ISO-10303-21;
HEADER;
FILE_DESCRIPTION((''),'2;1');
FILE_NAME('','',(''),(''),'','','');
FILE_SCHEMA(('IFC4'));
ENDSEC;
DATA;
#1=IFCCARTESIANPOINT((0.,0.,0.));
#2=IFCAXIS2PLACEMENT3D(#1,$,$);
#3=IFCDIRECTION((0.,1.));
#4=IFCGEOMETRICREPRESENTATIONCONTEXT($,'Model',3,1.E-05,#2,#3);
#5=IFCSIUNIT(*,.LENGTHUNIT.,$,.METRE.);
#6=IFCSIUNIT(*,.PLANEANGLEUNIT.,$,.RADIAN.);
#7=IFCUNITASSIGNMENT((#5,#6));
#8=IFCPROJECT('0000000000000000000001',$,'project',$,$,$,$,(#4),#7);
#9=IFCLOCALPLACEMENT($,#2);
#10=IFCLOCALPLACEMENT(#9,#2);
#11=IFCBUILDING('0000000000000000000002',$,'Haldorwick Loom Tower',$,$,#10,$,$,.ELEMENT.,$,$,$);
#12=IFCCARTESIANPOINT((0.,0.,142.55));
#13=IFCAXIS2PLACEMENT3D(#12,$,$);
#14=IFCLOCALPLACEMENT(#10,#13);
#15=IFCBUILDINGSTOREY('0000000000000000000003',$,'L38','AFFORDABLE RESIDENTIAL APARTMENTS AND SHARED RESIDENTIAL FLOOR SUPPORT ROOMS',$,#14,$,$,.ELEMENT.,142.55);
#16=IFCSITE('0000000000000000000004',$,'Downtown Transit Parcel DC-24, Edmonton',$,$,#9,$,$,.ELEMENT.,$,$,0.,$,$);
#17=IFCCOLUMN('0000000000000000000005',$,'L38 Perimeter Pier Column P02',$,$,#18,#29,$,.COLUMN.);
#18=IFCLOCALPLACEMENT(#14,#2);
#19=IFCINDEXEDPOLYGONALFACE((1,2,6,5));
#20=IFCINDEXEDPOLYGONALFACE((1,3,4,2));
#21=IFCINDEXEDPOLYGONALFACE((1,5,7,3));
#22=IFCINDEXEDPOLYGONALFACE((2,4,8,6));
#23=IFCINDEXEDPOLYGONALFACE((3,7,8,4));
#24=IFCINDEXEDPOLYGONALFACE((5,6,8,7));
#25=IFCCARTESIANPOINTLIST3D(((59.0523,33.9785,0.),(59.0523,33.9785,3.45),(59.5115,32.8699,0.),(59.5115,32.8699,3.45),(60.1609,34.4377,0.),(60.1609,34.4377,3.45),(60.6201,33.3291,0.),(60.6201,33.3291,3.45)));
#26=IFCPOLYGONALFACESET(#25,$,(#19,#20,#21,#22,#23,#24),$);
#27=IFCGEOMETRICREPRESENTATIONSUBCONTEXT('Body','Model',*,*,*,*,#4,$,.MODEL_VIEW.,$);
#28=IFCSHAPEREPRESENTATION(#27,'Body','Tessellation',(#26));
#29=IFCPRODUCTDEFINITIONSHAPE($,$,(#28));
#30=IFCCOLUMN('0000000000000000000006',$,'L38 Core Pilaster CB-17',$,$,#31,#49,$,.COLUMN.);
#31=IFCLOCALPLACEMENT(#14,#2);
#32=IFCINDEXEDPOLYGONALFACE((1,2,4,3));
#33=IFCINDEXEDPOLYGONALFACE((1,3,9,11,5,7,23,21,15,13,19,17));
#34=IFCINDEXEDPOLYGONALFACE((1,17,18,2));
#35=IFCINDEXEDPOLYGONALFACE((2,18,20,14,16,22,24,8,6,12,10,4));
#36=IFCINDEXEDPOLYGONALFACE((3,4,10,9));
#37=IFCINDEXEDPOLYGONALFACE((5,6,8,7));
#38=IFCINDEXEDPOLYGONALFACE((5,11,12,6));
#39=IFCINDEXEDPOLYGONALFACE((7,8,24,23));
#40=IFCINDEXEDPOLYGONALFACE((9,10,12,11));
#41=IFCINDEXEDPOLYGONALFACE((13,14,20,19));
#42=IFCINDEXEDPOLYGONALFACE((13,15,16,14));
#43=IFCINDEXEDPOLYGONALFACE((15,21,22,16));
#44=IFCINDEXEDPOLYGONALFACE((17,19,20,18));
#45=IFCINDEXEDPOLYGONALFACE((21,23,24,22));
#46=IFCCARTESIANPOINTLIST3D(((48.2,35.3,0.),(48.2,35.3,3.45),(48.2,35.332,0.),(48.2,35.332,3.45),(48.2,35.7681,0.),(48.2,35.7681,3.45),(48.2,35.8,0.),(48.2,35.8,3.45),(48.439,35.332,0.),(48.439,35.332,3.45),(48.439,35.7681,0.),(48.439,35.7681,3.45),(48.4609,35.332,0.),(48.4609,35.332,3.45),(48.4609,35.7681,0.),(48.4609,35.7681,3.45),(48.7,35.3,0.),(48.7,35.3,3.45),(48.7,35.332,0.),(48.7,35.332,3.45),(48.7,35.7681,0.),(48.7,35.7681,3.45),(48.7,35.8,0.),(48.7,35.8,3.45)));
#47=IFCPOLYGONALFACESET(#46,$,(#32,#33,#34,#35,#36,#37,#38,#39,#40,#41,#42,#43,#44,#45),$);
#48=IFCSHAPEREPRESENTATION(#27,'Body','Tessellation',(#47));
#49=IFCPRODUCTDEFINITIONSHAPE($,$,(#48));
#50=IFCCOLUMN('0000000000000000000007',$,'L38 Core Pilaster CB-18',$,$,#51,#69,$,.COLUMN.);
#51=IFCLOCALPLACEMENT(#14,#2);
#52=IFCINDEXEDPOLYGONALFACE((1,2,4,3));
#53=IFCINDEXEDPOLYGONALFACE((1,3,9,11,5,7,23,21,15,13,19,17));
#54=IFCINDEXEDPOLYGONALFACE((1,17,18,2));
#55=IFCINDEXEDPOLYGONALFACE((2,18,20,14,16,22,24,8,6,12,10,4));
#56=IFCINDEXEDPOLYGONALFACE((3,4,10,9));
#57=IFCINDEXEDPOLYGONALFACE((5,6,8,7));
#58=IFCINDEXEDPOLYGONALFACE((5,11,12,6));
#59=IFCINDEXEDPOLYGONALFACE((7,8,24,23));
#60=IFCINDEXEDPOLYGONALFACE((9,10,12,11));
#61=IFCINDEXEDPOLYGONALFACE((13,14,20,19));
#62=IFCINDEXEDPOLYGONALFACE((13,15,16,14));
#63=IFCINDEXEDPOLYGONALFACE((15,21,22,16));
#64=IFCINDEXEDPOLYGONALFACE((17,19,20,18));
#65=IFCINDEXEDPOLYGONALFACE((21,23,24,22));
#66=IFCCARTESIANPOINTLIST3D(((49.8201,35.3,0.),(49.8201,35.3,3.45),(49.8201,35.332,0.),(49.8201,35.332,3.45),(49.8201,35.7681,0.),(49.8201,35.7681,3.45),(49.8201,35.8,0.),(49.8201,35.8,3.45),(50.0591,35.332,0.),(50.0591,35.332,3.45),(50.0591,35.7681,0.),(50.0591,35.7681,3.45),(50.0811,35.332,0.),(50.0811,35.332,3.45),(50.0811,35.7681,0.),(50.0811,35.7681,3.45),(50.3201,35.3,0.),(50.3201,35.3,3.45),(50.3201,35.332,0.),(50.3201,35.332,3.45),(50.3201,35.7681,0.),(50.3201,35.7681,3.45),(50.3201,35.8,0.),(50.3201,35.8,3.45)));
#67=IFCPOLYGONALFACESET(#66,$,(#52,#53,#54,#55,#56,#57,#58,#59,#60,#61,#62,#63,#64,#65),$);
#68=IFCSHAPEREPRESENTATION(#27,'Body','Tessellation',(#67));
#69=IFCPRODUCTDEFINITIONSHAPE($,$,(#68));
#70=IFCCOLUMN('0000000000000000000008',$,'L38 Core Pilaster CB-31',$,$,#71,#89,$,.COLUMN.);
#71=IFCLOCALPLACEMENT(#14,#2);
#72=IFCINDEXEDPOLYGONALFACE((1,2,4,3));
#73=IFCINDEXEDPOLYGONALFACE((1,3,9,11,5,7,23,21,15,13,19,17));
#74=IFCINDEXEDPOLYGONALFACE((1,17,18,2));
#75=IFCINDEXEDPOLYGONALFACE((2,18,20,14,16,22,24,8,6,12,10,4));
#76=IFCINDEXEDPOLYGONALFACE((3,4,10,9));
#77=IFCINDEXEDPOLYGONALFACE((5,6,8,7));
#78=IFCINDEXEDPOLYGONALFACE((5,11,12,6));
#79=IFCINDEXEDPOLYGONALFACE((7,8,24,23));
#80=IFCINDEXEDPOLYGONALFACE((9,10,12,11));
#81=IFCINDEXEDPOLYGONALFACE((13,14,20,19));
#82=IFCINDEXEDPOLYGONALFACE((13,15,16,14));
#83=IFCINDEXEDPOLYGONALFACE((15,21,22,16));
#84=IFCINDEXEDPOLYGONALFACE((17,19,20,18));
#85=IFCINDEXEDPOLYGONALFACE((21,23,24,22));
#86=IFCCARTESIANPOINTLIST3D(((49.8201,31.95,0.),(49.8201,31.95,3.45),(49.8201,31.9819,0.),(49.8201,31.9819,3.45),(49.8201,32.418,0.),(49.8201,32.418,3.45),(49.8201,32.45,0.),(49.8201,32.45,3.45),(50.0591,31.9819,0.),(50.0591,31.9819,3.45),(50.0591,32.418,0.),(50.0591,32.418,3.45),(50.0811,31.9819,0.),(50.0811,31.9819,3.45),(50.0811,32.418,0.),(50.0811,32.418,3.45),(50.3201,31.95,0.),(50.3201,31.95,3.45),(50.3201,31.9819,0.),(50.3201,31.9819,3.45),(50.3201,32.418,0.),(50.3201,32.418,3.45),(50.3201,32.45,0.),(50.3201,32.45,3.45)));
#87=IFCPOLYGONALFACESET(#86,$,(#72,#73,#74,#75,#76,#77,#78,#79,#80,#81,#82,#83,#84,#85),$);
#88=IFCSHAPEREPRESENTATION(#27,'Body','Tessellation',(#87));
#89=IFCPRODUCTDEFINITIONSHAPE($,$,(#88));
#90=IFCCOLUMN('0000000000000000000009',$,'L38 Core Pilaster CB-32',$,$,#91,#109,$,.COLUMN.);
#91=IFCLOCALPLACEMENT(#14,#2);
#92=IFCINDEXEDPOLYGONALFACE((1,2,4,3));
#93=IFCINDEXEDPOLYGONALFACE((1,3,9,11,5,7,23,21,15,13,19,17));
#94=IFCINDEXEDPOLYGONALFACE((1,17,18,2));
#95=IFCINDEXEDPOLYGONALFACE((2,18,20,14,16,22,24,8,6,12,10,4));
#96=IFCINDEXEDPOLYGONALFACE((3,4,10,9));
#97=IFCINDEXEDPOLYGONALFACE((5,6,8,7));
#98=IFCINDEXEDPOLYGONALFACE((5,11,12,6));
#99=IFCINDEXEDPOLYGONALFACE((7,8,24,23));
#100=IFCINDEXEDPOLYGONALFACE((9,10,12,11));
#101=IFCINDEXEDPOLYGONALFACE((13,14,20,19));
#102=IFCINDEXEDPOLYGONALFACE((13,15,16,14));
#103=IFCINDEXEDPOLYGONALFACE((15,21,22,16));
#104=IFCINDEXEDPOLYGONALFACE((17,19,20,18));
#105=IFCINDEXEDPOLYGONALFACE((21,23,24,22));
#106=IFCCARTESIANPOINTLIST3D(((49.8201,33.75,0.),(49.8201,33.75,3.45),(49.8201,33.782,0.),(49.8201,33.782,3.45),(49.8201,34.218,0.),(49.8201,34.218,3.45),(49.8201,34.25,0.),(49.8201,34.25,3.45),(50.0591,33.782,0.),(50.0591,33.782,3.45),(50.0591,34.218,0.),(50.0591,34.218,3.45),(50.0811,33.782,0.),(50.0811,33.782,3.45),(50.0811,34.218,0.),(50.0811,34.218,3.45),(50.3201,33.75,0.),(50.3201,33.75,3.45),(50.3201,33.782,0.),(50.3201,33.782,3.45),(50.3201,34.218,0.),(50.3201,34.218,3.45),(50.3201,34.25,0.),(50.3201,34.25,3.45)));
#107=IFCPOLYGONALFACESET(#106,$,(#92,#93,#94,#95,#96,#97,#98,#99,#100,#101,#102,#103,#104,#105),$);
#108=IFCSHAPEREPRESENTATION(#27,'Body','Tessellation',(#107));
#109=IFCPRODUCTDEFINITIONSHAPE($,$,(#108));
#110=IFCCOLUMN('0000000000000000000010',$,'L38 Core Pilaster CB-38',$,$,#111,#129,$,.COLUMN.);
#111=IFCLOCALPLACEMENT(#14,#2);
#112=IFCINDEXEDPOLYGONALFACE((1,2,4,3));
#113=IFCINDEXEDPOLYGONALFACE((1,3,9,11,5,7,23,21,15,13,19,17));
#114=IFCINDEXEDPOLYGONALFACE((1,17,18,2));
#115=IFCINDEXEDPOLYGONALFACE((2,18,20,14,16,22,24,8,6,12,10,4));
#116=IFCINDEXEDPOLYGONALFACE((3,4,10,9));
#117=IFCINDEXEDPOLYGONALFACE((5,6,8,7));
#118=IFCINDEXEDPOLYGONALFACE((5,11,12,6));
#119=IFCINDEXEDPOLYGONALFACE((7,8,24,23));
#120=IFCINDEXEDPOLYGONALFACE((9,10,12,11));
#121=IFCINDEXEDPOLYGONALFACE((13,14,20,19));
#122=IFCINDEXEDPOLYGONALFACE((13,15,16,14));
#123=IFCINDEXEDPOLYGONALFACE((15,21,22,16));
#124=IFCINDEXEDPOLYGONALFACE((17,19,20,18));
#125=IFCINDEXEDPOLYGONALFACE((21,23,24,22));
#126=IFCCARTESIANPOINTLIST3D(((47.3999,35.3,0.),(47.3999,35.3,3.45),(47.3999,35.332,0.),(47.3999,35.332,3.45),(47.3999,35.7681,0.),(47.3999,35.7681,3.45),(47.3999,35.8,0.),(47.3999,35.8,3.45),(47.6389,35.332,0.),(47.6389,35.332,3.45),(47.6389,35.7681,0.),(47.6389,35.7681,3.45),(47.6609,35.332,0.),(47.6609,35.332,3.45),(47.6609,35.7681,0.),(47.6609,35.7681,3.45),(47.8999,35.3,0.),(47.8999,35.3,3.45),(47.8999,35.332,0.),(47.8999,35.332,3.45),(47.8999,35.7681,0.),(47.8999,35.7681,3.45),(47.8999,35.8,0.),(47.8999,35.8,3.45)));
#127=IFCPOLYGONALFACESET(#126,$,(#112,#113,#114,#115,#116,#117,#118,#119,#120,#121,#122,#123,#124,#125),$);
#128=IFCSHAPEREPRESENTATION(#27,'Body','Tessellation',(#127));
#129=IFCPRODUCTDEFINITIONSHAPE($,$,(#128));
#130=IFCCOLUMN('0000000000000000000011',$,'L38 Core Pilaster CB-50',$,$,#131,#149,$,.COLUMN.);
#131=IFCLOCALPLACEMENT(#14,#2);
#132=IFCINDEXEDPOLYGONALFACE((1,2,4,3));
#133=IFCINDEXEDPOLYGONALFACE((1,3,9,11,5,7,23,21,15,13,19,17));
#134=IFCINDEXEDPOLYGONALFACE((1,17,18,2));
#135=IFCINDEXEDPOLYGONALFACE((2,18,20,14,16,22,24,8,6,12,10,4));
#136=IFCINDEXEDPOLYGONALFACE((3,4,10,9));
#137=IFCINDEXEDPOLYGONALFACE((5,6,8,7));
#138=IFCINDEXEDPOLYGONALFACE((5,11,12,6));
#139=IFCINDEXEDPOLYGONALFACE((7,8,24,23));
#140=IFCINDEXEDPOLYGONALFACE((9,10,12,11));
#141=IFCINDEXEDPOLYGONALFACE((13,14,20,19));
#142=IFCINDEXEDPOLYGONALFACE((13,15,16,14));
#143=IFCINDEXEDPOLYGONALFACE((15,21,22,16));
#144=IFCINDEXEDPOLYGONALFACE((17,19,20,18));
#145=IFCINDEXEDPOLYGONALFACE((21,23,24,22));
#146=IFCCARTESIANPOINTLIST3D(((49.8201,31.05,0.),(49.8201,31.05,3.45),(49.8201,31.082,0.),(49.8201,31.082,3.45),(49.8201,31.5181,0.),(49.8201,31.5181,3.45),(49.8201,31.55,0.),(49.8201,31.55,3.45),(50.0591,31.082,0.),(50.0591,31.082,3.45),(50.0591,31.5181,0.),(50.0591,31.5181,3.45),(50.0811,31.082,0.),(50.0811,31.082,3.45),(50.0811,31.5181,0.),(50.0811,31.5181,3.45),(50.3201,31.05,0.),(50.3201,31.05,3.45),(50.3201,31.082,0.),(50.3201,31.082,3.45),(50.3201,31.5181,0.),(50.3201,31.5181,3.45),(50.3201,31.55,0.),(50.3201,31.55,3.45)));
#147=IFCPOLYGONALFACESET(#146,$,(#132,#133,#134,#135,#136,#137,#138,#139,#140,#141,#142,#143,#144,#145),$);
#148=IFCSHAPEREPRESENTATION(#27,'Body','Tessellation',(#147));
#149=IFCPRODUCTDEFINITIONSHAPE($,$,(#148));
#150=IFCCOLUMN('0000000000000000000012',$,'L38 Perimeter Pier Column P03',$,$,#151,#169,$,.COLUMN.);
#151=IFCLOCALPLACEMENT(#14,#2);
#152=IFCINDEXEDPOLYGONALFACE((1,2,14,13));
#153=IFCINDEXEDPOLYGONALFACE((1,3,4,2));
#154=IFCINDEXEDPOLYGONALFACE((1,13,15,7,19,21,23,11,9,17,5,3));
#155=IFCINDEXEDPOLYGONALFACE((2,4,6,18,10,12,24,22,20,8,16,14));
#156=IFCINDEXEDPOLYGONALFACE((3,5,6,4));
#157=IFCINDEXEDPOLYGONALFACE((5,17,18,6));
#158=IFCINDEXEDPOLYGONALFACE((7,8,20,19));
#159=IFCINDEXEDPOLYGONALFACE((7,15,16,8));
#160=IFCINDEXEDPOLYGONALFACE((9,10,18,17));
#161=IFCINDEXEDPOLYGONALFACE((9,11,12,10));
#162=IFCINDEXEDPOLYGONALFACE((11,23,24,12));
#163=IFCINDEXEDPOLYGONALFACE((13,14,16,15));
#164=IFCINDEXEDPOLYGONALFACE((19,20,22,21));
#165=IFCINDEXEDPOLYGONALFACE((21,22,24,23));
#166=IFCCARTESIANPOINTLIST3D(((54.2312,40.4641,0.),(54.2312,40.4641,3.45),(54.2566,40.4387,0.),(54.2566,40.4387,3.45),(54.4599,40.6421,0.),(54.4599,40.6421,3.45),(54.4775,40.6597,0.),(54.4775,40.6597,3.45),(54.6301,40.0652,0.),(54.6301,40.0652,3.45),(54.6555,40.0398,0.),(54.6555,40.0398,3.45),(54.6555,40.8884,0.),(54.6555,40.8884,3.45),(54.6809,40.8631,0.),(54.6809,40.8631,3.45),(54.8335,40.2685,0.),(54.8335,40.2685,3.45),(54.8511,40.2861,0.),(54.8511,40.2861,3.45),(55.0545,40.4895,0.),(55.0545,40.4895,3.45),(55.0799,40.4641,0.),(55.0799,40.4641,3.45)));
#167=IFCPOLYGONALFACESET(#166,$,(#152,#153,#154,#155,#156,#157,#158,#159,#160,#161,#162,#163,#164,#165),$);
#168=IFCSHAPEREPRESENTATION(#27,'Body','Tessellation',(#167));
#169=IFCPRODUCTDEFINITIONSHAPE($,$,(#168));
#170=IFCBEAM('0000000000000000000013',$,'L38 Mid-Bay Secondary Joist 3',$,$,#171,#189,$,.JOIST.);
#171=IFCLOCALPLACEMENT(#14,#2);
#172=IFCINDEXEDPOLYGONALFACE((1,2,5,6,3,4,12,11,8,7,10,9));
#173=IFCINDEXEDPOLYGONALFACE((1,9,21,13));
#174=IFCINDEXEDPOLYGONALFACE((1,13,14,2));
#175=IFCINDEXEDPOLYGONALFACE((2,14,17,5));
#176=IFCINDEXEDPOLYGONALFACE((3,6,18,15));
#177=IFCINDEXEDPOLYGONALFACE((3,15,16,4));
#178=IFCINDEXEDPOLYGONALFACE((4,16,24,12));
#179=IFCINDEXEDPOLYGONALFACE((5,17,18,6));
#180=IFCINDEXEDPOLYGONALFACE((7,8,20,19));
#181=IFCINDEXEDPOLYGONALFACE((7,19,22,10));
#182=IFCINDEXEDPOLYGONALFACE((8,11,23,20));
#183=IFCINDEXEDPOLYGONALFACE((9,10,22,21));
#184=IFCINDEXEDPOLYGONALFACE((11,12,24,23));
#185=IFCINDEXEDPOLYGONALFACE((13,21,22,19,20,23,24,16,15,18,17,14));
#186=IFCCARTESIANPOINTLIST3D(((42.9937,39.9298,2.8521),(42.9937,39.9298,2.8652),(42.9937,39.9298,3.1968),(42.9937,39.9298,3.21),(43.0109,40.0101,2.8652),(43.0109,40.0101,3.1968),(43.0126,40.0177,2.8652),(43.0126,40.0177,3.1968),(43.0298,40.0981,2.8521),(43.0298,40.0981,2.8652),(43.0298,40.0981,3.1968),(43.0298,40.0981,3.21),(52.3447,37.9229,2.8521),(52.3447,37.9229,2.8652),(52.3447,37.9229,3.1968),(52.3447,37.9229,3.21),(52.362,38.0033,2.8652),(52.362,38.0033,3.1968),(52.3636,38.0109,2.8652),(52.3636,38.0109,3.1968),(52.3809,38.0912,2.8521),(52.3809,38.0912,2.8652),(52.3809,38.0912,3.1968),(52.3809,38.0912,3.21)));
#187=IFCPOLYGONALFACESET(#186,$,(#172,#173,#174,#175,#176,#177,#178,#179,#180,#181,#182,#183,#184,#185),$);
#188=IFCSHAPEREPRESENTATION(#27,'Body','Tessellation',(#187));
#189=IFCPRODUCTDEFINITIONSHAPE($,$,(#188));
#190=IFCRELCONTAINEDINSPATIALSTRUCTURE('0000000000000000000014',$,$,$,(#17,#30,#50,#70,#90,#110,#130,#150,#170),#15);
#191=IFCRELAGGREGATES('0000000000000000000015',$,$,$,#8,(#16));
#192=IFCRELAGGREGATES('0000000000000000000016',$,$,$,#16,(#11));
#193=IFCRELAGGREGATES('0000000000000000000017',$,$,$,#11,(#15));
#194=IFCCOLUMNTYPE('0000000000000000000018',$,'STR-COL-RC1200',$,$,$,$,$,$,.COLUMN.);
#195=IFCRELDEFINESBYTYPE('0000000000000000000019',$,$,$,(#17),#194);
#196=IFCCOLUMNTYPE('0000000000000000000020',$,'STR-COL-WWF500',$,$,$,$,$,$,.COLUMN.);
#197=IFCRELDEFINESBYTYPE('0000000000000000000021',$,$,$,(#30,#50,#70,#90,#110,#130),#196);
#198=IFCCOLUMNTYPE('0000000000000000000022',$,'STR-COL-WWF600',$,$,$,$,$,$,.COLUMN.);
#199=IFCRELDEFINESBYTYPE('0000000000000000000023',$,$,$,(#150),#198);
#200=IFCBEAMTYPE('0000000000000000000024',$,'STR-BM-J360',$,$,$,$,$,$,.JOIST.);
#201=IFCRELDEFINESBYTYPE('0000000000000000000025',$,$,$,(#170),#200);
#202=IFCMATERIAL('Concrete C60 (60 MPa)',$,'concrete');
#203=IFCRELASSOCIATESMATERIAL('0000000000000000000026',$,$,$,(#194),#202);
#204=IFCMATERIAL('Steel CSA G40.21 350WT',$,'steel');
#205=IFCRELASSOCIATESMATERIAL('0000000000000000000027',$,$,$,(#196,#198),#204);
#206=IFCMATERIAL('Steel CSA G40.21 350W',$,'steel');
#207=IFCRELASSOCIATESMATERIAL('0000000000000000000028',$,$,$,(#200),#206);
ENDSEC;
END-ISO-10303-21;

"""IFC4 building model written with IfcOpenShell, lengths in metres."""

from ifc_helpers import new_model, si_unit, direction, frame, origin, origin_2d, place, context, subcontext, project, spatial, rectangle, i_section, extrude, material, material_profile, profile_set, type_object, element, save


model = new_model("IFC4")

# Units and contexts
model_context = context("Model", 3, precision=1e-05, world=origin(), true_north=direction((0.0, 1.0)))
body_context = subcontext(model_context, "Body", "Model", "MODEL_VIEW")
ifc_project = project(units=[si_unit("LENGTHUNIT", "METRE"), si_unit("PLANEANGLEUNIT", "RADIAN")], contexts=[model_context])

# Site, building, storey
site_placement = place(None, origin())
site = spatial("IfcSite", under=ifc_project, at=site_placement, Name="Downtown Transit Parcel DC-24, Edmonton", CompositionType="ELEMENT", RefElevation=0.0)
building_placement = place(site_placement, origin())
building = spatial("IfcBuilding", under=site, at=building_placement, Name="Haldorwick Loom Tower", CompositionType="ELEMENT")
storey_placement = place(building_placement, frame((0.0, 0.0, 142.55)))
storey = spatial("IfcBuildingStorey", under=building, at=storey_placement, Name="L38", Description="AFFORDABLE RESIDENTIAL APARTMENTS AND SHARED RESIDENTIAL FLOOR SUPPORT ROOMS", CompositionType="ELEMENT", Elevation=142.55)

# Columns
ifc_material_1 = material(Name="Concrete C60 (60 MPa)", Category="concrete")
ifc_material_profile_1 = material_profile(ifc_material_1, rectangle(XDim=1.2, YDim=1.2, at=origin_2d()), Name="RC1200X1200", Category="concrete")
ifc_profile_set_1 = profile_set([ifc_material_profile_1], Name="Concrete C60 (60 MPa)")
column_type_1 = type_object("IfcColumnType", Name="STR-COL-RC1200", PredefinedType="COLUMN", material=ifc_profile_set_1)
column_1_placement = place(storey_placement, frame((59.8362, 33.6538, 0.0), z_axis=(0.0, 0.0, 1.0), x_axis=(0.92388, 0.382683, 0.0)))
element("IfcColumn", 1, at=column_1_placement, inside=storey, type_object=column_type_1, Name="L38 Perimeter Pier Column P02", PredefinedType="COLUMN", context=body_context, shape_type="SweptSolid", body=[
    extrude(rectangle(XDim=1.2, YDim=1.2, at=origin_2d()), origin(), (0.0, 0.0, 1.0), 3.45),
])
ifc_material_2 = material(Name="Steel CSA G40.21 350WT", Category="steel")
ifc_material_profile_2 = material_profile(ifc_material_2, i_section(OverallWidth=0.5, OverallDepth=0.5, WebThickness=0.022, FlangeThickness=0.032, at=origin_2d()), Name="WWF500X500", Category="steel")
ifc_profile_set_2 = profile_set([ifc_material_profile_2], Name="Steel CSA G40.21 350WT")
column_type_2 = type_object("IfcColumnType", Name="STR-COL-WWF500", PredefinedType="COLUMN", material=ifc_profile_set_2)
for number, where, z_axis, x_axis, name in (
    (2, (48.45, 35.55, 0.0), (0.0, 0.0, 1.0), (1.0, 0.0, 0.0), "L38 Core Pilaster CB-17"),
    (3, (50.0701, 35.55, 0.0), (0.0, 0.0, 1.0), (1.0, 0.0, 0.0), "L38 Core Pilaster CB-18"),
    (4, (50.0701, 32.2, 0.0), (0.0, 0.0, 1.0), (1.0, 0.0, 0.0), "L38 Core Pilaster CB-31"),
    (5, (50.0701, 34.0, 0.0), (0.0, 0.0, 1.0), (1.0, 0.0, 0.0), "L38 Core Pilaster CB-32"),
    (6, (47.6499, 35.55, 0.0), (0.0, 0.0, 1.0), (1.0, 0.0, 0.0), "L38 Core Pilaster CB-38"),
    (7, (50.0701, 31.3, 0.0), (0.0, 0.0, 1.0), (1.0, 0.0, 0.0), "L38 Core Pilaster CB-50"),
):
    element("IfcColumn", number, at=place(storey_placement, frame(where, z_axis=z_axis, x_axis=x_axis)), inside=storey, type_object=column_type_2, Name=name, PredefinedType="COLUMN", context=body_context, shape_type="SweptSolid", body=[
        extrude(i_section(OverallWidth=0.5, OverallDepth=0.5, WebThickness=0.022, FlangeThickness=0.032, at=origin_2d()), origin(), (0.0, 0.0, 1.0), 3.45),
    ])
ifc_material_profile_3 = material_profile(ifc_material_2, i_section(OverallWidth=0.6001, OverallDepth=0.6001, WebThickness=0.0249, FlangeThickness=0.0359, at=origin_2d()), Name="WWF600X600", Category="steel")
ifc_profile_set_3 = profile_set([ifc_material_profile_3], Name="Steel CSA G40.21 350WT")
column_type_3 = type_object("IfcColumnType", Name="STR-COL-WWF600", PredefinedType="COLUMN", material=ifc_profile_set_3)
column_2_placement = place(storey_placement, frame((54.6555, 40.4641, 0.0), z_axis=(0.0, 0.0, 1.0), x_axis=(0.707107, 0.707107, 0.0)))
element("IfcColumn", 8, at=column_2_placement, inside=storey, type_object=column_type_3, Name="L38 Perimeter Pier Column P03", PredefinedType="COLUMN", context=body_context, shape_type="SweptSolid", body=[
    extrude(i_section(OverallWidth=0.6001, OverallDepth=0.6001, WebThickness=0.0249, FlangeThickness=0.0359, at=origin_2d()), origin(), (0.0, 0.0, 1.0), 3.45),
])

# Beam
ifc_material_3 = material(Name="Steel CSA G40.21 350W", Category="steel")
ifc_material_profile_4 = material_profile(ifc_material_3, i_section(OverallWidth=0.1721, OverallDepth=0.3579, WebThickness=0.0078, FlangeThickness=0.0132, at=origin_2d()), Name="W360X57", Category="steel")
ifc_profile_set_4 = profile_set([ifc_material_profile_4], Name="Steel CSA G40.21 350W")
beam_type_1 = type_object("IfcBeamType", Name="STR-BM-J360", PredefinedType="JOIST", material=ifc_profile_set_4)
beam_1_placement = place(storey_placement, frame((52.3628, 38.0071, 3.031), z_axis=(-0.977737, 0.209832, 0.0), x_axis=(-0.209832, -0.977737, 0.0)))
element("IfcBeam", 9, at=beam_1_placement, inside=storey, type_object=beam_type_1, Name="L38 Mid-Bay Secondary Joist 3", PredefinedType="JOIST", context=body_context, shape_type="SweptSolid", body=[
    extrude(i_section(OverallWidth=0.1721, OverallDepth=0.3579, WebThickness=0.0078, FlangeThickness=0.0132, at=origin_2d()), origin(), (0.0, 0.0, 1.0), 9.564),
])

save(model, "model.ifc")
